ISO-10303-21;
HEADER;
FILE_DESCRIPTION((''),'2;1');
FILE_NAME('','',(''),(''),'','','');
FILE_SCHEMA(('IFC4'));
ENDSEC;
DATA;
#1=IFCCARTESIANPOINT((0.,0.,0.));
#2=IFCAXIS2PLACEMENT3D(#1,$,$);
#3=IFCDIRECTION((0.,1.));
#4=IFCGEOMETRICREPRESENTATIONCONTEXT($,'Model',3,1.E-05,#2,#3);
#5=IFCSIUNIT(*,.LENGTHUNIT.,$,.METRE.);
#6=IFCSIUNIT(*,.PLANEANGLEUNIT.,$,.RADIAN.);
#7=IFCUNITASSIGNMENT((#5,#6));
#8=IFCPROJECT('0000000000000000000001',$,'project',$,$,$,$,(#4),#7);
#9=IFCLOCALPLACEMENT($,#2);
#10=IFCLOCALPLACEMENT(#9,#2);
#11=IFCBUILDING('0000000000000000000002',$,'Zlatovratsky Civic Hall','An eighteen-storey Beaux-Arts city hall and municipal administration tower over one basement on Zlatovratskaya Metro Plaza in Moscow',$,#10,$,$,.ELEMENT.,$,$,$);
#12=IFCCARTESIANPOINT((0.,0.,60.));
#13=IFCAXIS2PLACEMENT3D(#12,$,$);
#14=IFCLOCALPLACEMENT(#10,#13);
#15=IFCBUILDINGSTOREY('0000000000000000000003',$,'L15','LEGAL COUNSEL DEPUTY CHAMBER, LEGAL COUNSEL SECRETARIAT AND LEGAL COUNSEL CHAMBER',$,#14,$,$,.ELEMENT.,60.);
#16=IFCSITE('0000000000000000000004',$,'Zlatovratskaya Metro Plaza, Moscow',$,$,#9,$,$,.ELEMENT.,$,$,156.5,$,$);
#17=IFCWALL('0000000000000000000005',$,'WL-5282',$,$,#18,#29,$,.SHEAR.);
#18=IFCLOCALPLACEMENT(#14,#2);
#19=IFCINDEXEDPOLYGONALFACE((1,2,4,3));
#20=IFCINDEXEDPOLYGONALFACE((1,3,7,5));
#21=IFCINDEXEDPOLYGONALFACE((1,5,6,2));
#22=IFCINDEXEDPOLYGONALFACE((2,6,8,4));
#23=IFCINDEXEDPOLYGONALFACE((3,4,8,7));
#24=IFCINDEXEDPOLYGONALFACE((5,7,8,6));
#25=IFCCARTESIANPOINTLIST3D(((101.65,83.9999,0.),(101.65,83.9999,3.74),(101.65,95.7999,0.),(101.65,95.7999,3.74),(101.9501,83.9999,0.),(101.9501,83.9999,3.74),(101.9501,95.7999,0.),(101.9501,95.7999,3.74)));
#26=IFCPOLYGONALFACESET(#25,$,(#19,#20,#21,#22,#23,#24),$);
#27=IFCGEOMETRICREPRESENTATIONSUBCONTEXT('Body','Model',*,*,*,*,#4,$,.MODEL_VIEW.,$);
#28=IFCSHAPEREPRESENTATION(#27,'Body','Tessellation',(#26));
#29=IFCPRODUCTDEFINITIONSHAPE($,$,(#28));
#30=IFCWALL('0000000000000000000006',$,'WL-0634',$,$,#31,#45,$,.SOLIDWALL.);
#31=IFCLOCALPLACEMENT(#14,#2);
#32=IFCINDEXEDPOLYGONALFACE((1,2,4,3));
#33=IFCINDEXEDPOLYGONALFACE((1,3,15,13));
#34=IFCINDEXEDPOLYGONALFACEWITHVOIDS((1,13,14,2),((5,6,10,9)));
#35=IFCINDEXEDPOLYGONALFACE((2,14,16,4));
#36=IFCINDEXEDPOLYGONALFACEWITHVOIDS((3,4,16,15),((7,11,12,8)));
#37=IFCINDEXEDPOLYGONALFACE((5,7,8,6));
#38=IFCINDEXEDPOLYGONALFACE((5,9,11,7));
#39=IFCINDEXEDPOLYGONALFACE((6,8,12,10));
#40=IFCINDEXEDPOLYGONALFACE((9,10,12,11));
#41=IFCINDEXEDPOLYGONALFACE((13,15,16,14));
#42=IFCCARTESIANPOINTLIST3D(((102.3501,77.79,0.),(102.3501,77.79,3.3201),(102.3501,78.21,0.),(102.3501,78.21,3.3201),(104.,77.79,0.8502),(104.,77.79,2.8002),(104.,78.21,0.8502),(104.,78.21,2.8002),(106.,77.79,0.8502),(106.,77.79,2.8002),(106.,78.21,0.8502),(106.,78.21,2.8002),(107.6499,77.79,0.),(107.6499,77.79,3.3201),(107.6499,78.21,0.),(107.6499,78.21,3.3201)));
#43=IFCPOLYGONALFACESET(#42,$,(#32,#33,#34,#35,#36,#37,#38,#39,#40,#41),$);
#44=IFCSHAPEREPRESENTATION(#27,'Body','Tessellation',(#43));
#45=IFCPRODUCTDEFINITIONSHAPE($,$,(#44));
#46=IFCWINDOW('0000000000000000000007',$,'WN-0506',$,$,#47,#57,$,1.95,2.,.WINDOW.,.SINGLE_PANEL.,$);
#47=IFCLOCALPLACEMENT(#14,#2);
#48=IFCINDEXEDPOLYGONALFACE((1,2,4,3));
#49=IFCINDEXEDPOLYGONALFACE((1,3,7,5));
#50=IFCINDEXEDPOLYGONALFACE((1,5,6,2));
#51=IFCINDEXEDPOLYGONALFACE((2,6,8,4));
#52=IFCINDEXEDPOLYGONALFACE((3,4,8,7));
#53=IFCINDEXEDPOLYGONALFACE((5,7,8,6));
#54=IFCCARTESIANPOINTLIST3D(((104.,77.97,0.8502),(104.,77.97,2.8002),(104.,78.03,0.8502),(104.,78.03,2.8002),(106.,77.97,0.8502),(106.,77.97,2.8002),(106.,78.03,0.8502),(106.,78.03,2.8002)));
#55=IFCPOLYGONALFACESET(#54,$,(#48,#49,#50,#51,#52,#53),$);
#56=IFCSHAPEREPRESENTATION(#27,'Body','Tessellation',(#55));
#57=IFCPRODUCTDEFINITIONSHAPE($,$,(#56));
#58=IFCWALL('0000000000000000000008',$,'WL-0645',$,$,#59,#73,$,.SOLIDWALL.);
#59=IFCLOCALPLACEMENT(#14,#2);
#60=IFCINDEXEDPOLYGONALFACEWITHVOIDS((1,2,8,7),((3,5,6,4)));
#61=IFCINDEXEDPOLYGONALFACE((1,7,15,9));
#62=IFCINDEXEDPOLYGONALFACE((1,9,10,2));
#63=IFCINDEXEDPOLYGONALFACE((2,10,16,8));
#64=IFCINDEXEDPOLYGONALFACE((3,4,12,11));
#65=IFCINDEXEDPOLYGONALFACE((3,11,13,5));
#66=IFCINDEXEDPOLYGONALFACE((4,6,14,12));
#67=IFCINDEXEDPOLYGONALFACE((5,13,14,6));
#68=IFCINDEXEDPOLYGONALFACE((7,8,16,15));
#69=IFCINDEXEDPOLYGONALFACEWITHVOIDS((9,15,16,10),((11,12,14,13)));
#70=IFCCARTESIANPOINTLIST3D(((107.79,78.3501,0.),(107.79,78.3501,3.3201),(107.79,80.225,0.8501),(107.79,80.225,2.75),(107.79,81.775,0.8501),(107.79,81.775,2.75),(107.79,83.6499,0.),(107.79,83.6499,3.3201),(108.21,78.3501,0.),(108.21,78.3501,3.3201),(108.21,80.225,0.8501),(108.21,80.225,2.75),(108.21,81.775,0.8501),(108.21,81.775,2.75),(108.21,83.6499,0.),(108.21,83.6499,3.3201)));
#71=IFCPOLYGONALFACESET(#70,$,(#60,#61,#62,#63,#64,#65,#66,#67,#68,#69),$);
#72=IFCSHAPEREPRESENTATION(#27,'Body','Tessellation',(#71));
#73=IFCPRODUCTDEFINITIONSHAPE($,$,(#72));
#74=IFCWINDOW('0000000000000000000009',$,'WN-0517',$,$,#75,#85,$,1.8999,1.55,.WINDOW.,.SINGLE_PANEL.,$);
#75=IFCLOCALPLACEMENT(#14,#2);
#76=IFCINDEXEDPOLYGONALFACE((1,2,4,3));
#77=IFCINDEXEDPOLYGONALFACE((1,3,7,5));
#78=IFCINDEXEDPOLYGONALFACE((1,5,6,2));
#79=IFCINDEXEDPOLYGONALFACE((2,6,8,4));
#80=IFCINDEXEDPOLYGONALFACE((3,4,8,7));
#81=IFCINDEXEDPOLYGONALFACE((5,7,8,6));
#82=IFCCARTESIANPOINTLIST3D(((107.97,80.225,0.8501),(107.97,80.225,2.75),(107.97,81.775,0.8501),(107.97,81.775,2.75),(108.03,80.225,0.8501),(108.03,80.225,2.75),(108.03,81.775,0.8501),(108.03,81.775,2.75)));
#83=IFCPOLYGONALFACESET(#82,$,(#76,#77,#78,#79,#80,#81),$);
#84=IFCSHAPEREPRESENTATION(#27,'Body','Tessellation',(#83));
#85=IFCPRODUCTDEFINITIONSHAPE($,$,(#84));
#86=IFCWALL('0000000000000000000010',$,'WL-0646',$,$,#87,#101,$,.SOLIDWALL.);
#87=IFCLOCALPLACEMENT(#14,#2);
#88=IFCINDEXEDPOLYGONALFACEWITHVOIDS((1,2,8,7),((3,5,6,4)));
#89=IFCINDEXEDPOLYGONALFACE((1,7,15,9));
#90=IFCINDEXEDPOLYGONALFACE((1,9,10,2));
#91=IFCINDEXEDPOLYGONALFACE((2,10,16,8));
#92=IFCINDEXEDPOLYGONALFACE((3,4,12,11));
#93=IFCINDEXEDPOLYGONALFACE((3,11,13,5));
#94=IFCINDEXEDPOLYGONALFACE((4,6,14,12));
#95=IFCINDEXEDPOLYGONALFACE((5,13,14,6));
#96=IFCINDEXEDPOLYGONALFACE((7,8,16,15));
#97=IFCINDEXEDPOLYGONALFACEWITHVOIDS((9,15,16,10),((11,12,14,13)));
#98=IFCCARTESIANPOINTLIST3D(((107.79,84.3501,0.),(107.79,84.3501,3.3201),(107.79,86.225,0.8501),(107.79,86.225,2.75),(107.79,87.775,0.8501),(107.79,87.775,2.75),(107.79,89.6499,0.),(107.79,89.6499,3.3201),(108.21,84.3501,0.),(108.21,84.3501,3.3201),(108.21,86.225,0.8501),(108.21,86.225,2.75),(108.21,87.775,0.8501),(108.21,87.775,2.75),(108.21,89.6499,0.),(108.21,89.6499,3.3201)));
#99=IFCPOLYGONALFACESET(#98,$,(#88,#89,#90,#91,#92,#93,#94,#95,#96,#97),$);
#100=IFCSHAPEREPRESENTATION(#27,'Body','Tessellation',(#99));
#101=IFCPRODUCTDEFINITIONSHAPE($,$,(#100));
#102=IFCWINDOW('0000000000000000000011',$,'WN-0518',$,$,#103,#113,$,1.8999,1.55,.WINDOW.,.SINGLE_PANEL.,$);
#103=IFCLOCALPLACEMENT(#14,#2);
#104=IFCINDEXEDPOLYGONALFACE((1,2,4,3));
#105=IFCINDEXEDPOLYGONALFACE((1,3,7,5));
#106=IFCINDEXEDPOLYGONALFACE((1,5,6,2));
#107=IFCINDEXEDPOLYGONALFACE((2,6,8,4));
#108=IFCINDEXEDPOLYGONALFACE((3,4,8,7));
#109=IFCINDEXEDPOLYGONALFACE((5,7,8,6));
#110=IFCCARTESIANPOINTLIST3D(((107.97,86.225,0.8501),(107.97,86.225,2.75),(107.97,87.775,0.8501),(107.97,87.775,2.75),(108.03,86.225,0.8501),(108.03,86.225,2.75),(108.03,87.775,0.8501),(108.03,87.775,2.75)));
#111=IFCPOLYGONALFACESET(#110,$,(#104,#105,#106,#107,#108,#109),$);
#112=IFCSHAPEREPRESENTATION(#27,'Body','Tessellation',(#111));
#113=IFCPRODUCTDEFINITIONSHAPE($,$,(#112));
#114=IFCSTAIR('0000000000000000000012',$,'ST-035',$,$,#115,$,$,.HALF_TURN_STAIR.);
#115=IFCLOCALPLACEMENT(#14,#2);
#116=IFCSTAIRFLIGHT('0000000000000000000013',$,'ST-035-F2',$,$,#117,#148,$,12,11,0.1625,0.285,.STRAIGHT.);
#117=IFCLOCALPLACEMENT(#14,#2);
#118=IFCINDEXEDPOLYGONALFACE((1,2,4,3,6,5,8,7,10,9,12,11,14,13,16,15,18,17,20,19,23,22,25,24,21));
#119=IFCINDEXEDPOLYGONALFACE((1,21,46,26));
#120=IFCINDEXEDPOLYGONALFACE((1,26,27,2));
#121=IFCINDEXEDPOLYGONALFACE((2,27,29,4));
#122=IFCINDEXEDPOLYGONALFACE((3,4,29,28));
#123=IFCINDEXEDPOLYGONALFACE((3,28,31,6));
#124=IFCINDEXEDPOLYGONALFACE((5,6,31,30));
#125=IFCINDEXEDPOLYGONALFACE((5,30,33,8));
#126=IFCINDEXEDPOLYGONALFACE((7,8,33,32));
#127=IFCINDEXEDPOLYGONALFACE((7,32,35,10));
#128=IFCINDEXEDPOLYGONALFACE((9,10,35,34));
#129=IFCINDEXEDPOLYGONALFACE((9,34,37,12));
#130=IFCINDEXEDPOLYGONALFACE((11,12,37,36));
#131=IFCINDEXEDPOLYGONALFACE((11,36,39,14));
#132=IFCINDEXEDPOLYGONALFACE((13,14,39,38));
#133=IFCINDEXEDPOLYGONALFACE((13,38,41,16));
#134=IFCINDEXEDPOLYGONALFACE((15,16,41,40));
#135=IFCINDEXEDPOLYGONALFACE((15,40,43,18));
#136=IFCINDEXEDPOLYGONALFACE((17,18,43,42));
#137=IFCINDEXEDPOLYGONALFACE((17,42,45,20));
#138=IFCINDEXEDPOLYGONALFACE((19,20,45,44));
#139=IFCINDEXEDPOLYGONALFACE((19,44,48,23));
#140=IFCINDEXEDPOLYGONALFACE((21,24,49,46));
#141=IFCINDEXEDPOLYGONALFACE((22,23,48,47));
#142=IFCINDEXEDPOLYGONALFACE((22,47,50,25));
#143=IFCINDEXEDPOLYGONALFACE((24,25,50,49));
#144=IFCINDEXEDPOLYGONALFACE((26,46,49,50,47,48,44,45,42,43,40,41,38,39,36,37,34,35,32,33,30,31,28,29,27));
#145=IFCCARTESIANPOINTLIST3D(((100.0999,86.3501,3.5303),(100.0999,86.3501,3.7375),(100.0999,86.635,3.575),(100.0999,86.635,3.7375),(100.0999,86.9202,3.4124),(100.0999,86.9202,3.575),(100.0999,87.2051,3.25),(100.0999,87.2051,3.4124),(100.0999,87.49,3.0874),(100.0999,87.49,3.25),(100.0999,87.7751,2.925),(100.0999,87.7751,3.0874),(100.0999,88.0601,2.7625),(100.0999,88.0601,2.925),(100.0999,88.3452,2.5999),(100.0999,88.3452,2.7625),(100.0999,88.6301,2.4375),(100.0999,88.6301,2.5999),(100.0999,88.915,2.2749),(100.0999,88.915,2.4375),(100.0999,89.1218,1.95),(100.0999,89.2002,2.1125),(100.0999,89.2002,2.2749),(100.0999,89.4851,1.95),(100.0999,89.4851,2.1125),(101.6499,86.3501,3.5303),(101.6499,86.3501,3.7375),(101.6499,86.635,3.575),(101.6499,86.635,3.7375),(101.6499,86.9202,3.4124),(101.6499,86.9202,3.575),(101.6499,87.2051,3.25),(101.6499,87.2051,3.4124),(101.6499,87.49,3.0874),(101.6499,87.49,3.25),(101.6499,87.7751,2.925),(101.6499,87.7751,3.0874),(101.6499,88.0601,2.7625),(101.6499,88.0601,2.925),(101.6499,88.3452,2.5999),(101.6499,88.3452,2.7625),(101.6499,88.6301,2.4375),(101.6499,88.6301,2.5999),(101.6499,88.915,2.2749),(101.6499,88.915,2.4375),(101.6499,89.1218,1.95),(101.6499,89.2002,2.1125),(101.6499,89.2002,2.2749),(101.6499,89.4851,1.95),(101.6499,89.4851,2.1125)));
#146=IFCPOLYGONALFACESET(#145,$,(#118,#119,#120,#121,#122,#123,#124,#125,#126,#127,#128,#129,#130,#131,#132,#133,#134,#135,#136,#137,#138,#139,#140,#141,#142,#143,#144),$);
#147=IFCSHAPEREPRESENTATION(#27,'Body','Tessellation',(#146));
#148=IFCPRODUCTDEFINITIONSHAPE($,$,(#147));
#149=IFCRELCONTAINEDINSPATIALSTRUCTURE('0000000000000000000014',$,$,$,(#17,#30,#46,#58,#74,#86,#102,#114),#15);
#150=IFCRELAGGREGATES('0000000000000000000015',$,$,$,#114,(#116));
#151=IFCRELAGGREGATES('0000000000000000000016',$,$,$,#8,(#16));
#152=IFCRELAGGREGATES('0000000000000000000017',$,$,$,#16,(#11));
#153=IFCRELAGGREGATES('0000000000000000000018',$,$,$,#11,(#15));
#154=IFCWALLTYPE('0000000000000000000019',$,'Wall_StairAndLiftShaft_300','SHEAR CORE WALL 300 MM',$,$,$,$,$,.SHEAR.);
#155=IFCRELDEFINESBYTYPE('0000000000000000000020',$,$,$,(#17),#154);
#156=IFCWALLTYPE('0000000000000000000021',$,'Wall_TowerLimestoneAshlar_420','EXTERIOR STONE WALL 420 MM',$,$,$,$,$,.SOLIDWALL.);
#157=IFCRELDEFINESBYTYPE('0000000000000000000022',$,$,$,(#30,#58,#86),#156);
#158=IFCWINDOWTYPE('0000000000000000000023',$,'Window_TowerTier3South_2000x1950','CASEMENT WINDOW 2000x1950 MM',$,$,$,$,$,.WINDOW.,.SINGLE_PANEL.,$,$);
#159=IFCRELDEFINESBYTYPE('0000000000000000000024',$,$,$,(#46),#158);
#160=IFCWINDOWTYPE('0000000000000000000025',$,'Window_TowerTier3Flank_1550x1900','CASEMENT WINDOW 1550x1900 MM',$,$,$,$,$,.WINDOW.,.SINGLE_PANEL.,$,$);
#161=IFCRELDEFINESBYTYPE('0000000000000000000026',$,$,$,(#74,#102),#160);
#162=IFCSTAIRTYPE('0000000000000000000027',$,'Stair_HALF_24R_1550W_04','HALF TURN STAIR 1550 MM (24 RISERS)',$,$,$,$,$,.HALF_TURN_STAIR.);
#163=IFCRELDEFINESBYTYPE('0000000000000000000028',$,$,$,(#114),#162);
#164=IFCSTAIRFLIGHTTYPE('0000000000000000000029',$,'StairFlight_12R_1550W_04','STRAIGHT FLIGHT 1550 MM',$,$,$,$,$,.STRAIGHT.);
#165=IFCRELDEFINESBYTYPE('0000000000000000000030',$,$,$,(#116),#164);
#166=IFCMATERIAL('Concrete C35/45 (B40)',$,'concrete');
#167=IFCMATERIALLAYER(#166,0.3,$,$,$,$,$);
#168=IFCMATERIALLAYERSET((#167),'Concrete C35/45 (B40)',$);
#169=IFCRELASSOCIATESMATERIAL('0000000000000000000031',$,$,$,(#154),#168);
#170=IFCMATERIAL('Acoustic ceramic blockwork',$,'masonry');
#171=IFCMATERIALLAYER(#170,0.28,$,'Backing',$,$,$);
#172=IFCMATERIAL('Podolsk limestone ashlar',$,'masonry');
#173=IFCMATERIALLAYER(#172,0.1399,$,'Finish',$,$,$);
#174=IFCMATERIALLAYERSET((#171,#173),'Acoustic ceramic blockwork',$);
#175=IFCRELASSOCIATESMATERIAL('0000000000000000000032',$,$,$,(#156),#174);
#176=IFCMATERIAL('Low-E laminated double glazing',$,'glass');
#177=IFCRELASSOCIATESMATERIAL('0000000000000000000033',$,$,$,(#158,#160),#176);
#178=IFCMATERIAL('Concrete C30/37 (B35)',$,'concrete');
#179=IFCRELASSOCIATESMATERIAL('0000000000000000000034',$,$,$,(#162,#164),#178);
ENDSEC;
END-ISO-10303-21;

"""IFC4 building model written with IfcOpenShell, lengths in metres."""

from ifc_helpers import new_model, si_unit, direction, frame, frame_2d, origin, place, context, subcontext, project, spatial, polyline, rectangle, outline, extrude, material, layer, layer_set, type_object, element, fill, aggregate, save


model = new_model("IFC4")

# Units and contexts
model_context = context("Model", 3, precision=1e-05, world=origin(), true_north=direction((0.0, 1.0)))
body_context = subcontext(model_context, "Body", "Model", "MODEL_VIEW")
ifc_project = project(units=[si_unit("LENGTHUNIT", "METRE"), si_unit("PLANEANGLEUNIT", "RADIAN")], contexts=[model_context])

# Site, building, storey
site_placement = place(None, origin())
site = spatial("IfcSite", under=ifc_project, at=site_placement, Name="Zlatovratskaya Metro Plaza, Moscow", CompositionType="ELEMENT", RefElevation=156.5)
building_placement = place(site_placement, origin())
building = spatial("IfcBuilding", under=site, at=building_placement, Name="Zlatovratsky Civic Hall", Description="An eighteen-storey Beaux-Arts city hall and municipal administration tower over one basement on Zlatovratskaya Metro Plaza in Moscow", CompositionType="ELEMENT")
storey_placement = place(building_placement, frame((0.0, 0.0, 60.0)))
storey = spatial("IfcBuildingStorey", under=building, at=storey_placement, Name="L15", Description="LEGAL COUNSEL DEPUTY CHAMBER, LEGAL COUNSEL SECRETARIAT AND LEGAL COUNSEL CHAMBER", CompositionType="ELEMENT", Elevation=60.0)

# Shared definitions
ifc_material_1 = material(Name="Concrete C35/45 (B40)", Category="concrete")

# Wall
ifc_layer_1 = layer(ifc_material_1, 0.3)
ifc_layer_set_1 = layer_set([ifc_layer_1], Name="Concrete C35/45 (B40)")
wall_type_1 = type_object("IfcWallType", Name="Wall_StairAndLiftShaft_300", Description="SHEAR CORE WALL 300 MM", PredefinedType="SHEAR", material=ifc_layer_set_1)
wall_1_placement = place(storey_placement, frame((101.8, 84.0, 0.0), z_axis=(0.0, 0.0, 1.0), x_axis=(0.0, 1.0, 0.0)))
element("IfcWall", 1, at=wall_1_placement, inside=storey, type_object=wall_type_1, Name="WL-5282", PredefinedType="SHEAR", context=body_context, shape_type="SweptSolid", body=[
    extrude(rectangle(XDim=11.8, YDim=0.3, at=frame_2d((5.8999, 0.0))), origin(), (0.0, 0.0, 1.0), 3.74),
])

# Walls, openings, windows
ifc_material_2 = material(Name="Acoustic ceramic blockwork", Category="masonry")
ifc_layer_2 = layer(ifc_material_2, 0.28, Name="Backing")
ifc_material_3 = material(Name="Podolsk limestone ashlar", Category="masonry")
ifc_layer_3 = layer(ifc_material_3, 0.1399, Name="Finish")
ifc_layer_set_2 = layer_set([ifc_layer_2, ifc_layer_3], Name="Acoustic ceramic blockwork")
wall_type_2 = type_object("IfcWallType", Name="Wall_TowerLimestoneAshlar_420", Description="EXTERIOR STONE WALL 420 MM", PredefinedType="SOLIDWALL", material=ifc_layer_set_2)
wall_2_placement = place(storey_placement, frame((102.3501, 78.0, 0.0), z_axis=(0.0, 0.0, 1.0), x_axis=(1.0, 0.0, 0.0)))
wall_2 = element("IfcWall", 2, at=wall_2_placement, inside=storey, type_object=wall_type_2, Name="WL-0634", PredefinedType="SOLIDWALL", context=body_context, shape_type="SweptSolid", body=[
    extrude(rectangle(XDim=5.2998, YDim=0.4199, at=frame_2d((2.6499, 0.0))), origin(), (0.0, 0.0, 1.0), 3.3201),
])
opening_1_placement = place(wall_2_placement, frame((1.6499, 0.0, 0.8501)))
opening_1 = element("IfcOpeningElement", 3, at=opening_1_placement, cuts=wall_2, PredefinedType="OPENING", context=body_context, shape_type="SweptSolid", body=[
    extrude(rectangle(XDim=2.0, YDim=1.95, at=frame_2d((1.0, 0.9751))), frame((0.0, 0.2249, 0.0), z_axis=(0.0, -1.0, 0.0), x_axis=(1.0, 0.0, 0.0)), (0.0, 0.0, 1.0), 0.4497),
])
ifc_material_4 = material(Name="Low-E laminated double glazing", Category="glass")
window_type_1 = type_object("IfcWindowType", Name="Window_TowerTier3South_2000x1950", Description="CASEMENT WINDOW 2000x1950 MM", PartitioningType="SINGLE_PANEL", PredefinedType="WINDOW", material=ifc_material_4)
window_1_placement = place(opening_1_placement, origin())
window_1 = element("IfcWindow", 4, at=window_1_placement, inside=storey, type_object=window_type_1, Name="WN-0506", OverallHeight=1.95, OverallWidth=2.0, PartitioningType="SINGLE_PANEL", PredefinedType="WINDOW", context=body_context, shape_type="SweptSolid", body=[
    extrude(rectangle(XDim=2.0, YDim=1.95, at=frame_2d((1.0, 0.9751))), frame((0.0, 0.03, 0.0), z_axis=(0.0, -1.0, 0.0), x_axis=(1.0, 0.0, 0.0)), (0.0, 0.0, 1.0), 0.0601),
])
fill(opening_1, window_1)
wall_3_placement = place(storey_placement, frame((108.0, 78.3501, 0.0), z_axis=(0.0, 0.0, 1.0), x_axis=(0.0, 1.0, 0.0)))
wall_3 = element("IfcWall", 5, at=wall_3_placement, inside=storey, type_object=wall_type_2, Name="WL-0645", PredefinedType="SOLIDWALL", context=body_context, shape_type="SweptSolid", body=[
    extrude(rectangle(XDim=5.2998, YDim=0.4199, at=frame_2d((2.6499, 0.0))), origin(), (0.0, 0.0, 1.0), 3.3201),
])
opening_2_placement = place(wall_3_placement, frame((1.875, 0.0, 0.8501)))
opening_2 = element("IfcOpeningElement", 6, at=opening_2_placement, cuts=wall_3, PredefinedType="OPENING", context=body_context, shape_type="SweptSolid", body=[
    extrude(rectangle(XDim=1.55, YDim=1.8999, at=frame_2d((0.7749, 0.95))), frame((0.0, 0.2249, 0.0), z_axis=(0.0, -1.0, 0.0), x_axis=(1.0, 0.0, 0.0)), (0.0, 0.0, 1.0), 0.4497),
])
window_type_2 = type_object("IfcWindowType", Name="Window_TowerTier3Flank_1550x1900", Description="CASEMENT WINDOW 1550x1900 MM", PartitioningType="SINGLE_PANEL", PredefinedType="WINDOW", material=ifc_material_4)
window_2_placement = place(opening_2_placement, origin())
window_2 = element("IfcWindow", 7, at=window_2_placement, inside=storey, type_object=window_type_2, Name="WN-0517", OverallHeight=1.8999, OverallWidth=1.55, PartitioningType="SINGLE_PANEL", PredefinedType="WINDOW", context=body_context, shape_type="SweptSolid", body=[
    extrude(rectangle(XDim=1.55, YDim=1.8999, at=frame_2d((0.7749, 0.95))), frame((0.0, 0.03, 0.0), z_axis=(0.0, -1.0, 0.0), x_axis=(1.0, 0.0, 0.0)), (0.0, 0.0, 1.0), 0.0601),
])
fill(opening_2, window_2)
wall_4_placement = place(storey_placement, frame((108.0, 84.3501, 0.0), z_axis=(0.0, 0.0, 1.0), x_axis=(0.0, 1.0, 0.0)))
wall_4 = element("IfcWall", 8, at=wall_4_placement, inside=storey, type_object=wall_type_2, Name="WL-0646", PredefinedType="SOLIDWALL", context=body_context, shape_type="SweptSolid", body=[
    extrude(rectangle(XDim=5.2998, YDim=0.4199, at=frame_2d((2.6499, 0.0))), origin(), (0.0, 0.0, 1.0), 3.3201),
])
opening_3_placement = place(wall_4_placement, frame((1.875, 0.0, 0.8501)))
opening_3 = element("IfcOpeningElement", 9, at=opening_3_placement, cuts=wall_4, PredefinedType="OPENING", context=body_context, shape_type="SweptSolid", body=[
    extrude(rectangle(XDim=1.55, YDim=1.8999, at=frame_2d((0.7749, 0.95))), frame((0.0, 0.2249, 0.0), z_axis=(0.0, -1.0, 0.0), x_axis=(1.0, 0.0, 0.0)), (0.0, 0.0, 1.0), 0.4497),
])
window_3_placement = place(opening_3_placement, origin())
window_3 = element("IfcWindow", 10, at=window_3_placement, inside=storey, type_object=window_type_2, Name="WN-0518", OverallHeight=1.8999, OverallWidth=1.55, PartitioningType="SINGLE_PANEL", PredefinedType="WINDOW", context=body_context, shape_type="SweptSolid", body=[
    extrude(rectangle(XDim=1.55, YDim=1.8999, at=frame_2d((0.7749, 0.95))), frame((0.0, 0.03, 0.0), z_axis=(0.0, -1.0, 0.0), x_axis=(1.0, 0.0, 0.0)), (0.0, 0.0, 1.0), 0.0601),
])
fill(opening_3, window_3)

# Stair, stair flight
ifc_material_5 = material(Name="Concrete C30/37 (B35)", Category="concrete")
stair_type = type_object("IfcStairType", Name="Stair_HALF_24R_1550W_04", Description="HALF TURN STAIR 1550 MM (24 RISERS)", PredefinedType="HALF_TURN_STAIR", material=ifc_material_5)
stair_placement = place(storey_placement, origin())
stair = element("IfcStair", 11, at=stair_placement, inside=storey, type_object=stair_type, Name="ST-035", PredefinedType="HALF_TURN_STAIR")
stair_flight_type = type_object("IfcStairFlightType", Name="StairFlight_12R_1550W_04", Description="STRAIGHT FLIGHT 1550 MM", PredefinedType="STRAIGHT", material=ifc_material_5)
stair_flight_placement = place(storey_placement, frame((100.875, 89.4851, 1.95), z_axis=(0.0, 0.0, 1.0), x_axis=(0.0, -1.0, 0.0)))
stair_flight = element("IfcStairFlight", 12, at=stair_flight_placement, type_object=stair_flight_type, Name="ST-035-F2", NumberOfRisers=12, NumberOfTreads=11, PredefinedType="STRAIGHT", RiserHeight=0.1625, TreadLength=0.285, context=body_context, shape_type="SweptSolid", body=[
    extrude(outline(polyline([(0.0, 0.0), (0.0, 0.1626), (0.2849, 0.1626), (0.2849, 0.325), (0.5701, 0.325), (0.5701, 0.4875), (0.855, 0.4875), (0.855, 0.6499), (1.1399, 0.6499), (1.1399, 0.8125), (1.425, 0.8125), (1.425, 0.9751), (1.71, 0.9751), (1.71, 1.1375), (1.9951, 1.1375), (1.9951, 1.3), (2.28, 1.3), (2.28, 1.4624), (2.5649, 1.4624), (2.5649, 1.625), (2.8501, 1.625), (2.8501, 1.7876), (3.135, 1.7876), (3.135, 1.95), (3.135, 1.5803), (0.3633, 0.0), (0.0, 0.0)])), frame((0.0, 0.7749, 0.0), z_axis=(0.0, -1.0, 0.0), x_axis=(1.0, 0.0, 0.0)), (0.0, 0.0, 1.0), 1.55),
])
aggregate(stair, [stair_flight])

save(model, "model.ifc")
